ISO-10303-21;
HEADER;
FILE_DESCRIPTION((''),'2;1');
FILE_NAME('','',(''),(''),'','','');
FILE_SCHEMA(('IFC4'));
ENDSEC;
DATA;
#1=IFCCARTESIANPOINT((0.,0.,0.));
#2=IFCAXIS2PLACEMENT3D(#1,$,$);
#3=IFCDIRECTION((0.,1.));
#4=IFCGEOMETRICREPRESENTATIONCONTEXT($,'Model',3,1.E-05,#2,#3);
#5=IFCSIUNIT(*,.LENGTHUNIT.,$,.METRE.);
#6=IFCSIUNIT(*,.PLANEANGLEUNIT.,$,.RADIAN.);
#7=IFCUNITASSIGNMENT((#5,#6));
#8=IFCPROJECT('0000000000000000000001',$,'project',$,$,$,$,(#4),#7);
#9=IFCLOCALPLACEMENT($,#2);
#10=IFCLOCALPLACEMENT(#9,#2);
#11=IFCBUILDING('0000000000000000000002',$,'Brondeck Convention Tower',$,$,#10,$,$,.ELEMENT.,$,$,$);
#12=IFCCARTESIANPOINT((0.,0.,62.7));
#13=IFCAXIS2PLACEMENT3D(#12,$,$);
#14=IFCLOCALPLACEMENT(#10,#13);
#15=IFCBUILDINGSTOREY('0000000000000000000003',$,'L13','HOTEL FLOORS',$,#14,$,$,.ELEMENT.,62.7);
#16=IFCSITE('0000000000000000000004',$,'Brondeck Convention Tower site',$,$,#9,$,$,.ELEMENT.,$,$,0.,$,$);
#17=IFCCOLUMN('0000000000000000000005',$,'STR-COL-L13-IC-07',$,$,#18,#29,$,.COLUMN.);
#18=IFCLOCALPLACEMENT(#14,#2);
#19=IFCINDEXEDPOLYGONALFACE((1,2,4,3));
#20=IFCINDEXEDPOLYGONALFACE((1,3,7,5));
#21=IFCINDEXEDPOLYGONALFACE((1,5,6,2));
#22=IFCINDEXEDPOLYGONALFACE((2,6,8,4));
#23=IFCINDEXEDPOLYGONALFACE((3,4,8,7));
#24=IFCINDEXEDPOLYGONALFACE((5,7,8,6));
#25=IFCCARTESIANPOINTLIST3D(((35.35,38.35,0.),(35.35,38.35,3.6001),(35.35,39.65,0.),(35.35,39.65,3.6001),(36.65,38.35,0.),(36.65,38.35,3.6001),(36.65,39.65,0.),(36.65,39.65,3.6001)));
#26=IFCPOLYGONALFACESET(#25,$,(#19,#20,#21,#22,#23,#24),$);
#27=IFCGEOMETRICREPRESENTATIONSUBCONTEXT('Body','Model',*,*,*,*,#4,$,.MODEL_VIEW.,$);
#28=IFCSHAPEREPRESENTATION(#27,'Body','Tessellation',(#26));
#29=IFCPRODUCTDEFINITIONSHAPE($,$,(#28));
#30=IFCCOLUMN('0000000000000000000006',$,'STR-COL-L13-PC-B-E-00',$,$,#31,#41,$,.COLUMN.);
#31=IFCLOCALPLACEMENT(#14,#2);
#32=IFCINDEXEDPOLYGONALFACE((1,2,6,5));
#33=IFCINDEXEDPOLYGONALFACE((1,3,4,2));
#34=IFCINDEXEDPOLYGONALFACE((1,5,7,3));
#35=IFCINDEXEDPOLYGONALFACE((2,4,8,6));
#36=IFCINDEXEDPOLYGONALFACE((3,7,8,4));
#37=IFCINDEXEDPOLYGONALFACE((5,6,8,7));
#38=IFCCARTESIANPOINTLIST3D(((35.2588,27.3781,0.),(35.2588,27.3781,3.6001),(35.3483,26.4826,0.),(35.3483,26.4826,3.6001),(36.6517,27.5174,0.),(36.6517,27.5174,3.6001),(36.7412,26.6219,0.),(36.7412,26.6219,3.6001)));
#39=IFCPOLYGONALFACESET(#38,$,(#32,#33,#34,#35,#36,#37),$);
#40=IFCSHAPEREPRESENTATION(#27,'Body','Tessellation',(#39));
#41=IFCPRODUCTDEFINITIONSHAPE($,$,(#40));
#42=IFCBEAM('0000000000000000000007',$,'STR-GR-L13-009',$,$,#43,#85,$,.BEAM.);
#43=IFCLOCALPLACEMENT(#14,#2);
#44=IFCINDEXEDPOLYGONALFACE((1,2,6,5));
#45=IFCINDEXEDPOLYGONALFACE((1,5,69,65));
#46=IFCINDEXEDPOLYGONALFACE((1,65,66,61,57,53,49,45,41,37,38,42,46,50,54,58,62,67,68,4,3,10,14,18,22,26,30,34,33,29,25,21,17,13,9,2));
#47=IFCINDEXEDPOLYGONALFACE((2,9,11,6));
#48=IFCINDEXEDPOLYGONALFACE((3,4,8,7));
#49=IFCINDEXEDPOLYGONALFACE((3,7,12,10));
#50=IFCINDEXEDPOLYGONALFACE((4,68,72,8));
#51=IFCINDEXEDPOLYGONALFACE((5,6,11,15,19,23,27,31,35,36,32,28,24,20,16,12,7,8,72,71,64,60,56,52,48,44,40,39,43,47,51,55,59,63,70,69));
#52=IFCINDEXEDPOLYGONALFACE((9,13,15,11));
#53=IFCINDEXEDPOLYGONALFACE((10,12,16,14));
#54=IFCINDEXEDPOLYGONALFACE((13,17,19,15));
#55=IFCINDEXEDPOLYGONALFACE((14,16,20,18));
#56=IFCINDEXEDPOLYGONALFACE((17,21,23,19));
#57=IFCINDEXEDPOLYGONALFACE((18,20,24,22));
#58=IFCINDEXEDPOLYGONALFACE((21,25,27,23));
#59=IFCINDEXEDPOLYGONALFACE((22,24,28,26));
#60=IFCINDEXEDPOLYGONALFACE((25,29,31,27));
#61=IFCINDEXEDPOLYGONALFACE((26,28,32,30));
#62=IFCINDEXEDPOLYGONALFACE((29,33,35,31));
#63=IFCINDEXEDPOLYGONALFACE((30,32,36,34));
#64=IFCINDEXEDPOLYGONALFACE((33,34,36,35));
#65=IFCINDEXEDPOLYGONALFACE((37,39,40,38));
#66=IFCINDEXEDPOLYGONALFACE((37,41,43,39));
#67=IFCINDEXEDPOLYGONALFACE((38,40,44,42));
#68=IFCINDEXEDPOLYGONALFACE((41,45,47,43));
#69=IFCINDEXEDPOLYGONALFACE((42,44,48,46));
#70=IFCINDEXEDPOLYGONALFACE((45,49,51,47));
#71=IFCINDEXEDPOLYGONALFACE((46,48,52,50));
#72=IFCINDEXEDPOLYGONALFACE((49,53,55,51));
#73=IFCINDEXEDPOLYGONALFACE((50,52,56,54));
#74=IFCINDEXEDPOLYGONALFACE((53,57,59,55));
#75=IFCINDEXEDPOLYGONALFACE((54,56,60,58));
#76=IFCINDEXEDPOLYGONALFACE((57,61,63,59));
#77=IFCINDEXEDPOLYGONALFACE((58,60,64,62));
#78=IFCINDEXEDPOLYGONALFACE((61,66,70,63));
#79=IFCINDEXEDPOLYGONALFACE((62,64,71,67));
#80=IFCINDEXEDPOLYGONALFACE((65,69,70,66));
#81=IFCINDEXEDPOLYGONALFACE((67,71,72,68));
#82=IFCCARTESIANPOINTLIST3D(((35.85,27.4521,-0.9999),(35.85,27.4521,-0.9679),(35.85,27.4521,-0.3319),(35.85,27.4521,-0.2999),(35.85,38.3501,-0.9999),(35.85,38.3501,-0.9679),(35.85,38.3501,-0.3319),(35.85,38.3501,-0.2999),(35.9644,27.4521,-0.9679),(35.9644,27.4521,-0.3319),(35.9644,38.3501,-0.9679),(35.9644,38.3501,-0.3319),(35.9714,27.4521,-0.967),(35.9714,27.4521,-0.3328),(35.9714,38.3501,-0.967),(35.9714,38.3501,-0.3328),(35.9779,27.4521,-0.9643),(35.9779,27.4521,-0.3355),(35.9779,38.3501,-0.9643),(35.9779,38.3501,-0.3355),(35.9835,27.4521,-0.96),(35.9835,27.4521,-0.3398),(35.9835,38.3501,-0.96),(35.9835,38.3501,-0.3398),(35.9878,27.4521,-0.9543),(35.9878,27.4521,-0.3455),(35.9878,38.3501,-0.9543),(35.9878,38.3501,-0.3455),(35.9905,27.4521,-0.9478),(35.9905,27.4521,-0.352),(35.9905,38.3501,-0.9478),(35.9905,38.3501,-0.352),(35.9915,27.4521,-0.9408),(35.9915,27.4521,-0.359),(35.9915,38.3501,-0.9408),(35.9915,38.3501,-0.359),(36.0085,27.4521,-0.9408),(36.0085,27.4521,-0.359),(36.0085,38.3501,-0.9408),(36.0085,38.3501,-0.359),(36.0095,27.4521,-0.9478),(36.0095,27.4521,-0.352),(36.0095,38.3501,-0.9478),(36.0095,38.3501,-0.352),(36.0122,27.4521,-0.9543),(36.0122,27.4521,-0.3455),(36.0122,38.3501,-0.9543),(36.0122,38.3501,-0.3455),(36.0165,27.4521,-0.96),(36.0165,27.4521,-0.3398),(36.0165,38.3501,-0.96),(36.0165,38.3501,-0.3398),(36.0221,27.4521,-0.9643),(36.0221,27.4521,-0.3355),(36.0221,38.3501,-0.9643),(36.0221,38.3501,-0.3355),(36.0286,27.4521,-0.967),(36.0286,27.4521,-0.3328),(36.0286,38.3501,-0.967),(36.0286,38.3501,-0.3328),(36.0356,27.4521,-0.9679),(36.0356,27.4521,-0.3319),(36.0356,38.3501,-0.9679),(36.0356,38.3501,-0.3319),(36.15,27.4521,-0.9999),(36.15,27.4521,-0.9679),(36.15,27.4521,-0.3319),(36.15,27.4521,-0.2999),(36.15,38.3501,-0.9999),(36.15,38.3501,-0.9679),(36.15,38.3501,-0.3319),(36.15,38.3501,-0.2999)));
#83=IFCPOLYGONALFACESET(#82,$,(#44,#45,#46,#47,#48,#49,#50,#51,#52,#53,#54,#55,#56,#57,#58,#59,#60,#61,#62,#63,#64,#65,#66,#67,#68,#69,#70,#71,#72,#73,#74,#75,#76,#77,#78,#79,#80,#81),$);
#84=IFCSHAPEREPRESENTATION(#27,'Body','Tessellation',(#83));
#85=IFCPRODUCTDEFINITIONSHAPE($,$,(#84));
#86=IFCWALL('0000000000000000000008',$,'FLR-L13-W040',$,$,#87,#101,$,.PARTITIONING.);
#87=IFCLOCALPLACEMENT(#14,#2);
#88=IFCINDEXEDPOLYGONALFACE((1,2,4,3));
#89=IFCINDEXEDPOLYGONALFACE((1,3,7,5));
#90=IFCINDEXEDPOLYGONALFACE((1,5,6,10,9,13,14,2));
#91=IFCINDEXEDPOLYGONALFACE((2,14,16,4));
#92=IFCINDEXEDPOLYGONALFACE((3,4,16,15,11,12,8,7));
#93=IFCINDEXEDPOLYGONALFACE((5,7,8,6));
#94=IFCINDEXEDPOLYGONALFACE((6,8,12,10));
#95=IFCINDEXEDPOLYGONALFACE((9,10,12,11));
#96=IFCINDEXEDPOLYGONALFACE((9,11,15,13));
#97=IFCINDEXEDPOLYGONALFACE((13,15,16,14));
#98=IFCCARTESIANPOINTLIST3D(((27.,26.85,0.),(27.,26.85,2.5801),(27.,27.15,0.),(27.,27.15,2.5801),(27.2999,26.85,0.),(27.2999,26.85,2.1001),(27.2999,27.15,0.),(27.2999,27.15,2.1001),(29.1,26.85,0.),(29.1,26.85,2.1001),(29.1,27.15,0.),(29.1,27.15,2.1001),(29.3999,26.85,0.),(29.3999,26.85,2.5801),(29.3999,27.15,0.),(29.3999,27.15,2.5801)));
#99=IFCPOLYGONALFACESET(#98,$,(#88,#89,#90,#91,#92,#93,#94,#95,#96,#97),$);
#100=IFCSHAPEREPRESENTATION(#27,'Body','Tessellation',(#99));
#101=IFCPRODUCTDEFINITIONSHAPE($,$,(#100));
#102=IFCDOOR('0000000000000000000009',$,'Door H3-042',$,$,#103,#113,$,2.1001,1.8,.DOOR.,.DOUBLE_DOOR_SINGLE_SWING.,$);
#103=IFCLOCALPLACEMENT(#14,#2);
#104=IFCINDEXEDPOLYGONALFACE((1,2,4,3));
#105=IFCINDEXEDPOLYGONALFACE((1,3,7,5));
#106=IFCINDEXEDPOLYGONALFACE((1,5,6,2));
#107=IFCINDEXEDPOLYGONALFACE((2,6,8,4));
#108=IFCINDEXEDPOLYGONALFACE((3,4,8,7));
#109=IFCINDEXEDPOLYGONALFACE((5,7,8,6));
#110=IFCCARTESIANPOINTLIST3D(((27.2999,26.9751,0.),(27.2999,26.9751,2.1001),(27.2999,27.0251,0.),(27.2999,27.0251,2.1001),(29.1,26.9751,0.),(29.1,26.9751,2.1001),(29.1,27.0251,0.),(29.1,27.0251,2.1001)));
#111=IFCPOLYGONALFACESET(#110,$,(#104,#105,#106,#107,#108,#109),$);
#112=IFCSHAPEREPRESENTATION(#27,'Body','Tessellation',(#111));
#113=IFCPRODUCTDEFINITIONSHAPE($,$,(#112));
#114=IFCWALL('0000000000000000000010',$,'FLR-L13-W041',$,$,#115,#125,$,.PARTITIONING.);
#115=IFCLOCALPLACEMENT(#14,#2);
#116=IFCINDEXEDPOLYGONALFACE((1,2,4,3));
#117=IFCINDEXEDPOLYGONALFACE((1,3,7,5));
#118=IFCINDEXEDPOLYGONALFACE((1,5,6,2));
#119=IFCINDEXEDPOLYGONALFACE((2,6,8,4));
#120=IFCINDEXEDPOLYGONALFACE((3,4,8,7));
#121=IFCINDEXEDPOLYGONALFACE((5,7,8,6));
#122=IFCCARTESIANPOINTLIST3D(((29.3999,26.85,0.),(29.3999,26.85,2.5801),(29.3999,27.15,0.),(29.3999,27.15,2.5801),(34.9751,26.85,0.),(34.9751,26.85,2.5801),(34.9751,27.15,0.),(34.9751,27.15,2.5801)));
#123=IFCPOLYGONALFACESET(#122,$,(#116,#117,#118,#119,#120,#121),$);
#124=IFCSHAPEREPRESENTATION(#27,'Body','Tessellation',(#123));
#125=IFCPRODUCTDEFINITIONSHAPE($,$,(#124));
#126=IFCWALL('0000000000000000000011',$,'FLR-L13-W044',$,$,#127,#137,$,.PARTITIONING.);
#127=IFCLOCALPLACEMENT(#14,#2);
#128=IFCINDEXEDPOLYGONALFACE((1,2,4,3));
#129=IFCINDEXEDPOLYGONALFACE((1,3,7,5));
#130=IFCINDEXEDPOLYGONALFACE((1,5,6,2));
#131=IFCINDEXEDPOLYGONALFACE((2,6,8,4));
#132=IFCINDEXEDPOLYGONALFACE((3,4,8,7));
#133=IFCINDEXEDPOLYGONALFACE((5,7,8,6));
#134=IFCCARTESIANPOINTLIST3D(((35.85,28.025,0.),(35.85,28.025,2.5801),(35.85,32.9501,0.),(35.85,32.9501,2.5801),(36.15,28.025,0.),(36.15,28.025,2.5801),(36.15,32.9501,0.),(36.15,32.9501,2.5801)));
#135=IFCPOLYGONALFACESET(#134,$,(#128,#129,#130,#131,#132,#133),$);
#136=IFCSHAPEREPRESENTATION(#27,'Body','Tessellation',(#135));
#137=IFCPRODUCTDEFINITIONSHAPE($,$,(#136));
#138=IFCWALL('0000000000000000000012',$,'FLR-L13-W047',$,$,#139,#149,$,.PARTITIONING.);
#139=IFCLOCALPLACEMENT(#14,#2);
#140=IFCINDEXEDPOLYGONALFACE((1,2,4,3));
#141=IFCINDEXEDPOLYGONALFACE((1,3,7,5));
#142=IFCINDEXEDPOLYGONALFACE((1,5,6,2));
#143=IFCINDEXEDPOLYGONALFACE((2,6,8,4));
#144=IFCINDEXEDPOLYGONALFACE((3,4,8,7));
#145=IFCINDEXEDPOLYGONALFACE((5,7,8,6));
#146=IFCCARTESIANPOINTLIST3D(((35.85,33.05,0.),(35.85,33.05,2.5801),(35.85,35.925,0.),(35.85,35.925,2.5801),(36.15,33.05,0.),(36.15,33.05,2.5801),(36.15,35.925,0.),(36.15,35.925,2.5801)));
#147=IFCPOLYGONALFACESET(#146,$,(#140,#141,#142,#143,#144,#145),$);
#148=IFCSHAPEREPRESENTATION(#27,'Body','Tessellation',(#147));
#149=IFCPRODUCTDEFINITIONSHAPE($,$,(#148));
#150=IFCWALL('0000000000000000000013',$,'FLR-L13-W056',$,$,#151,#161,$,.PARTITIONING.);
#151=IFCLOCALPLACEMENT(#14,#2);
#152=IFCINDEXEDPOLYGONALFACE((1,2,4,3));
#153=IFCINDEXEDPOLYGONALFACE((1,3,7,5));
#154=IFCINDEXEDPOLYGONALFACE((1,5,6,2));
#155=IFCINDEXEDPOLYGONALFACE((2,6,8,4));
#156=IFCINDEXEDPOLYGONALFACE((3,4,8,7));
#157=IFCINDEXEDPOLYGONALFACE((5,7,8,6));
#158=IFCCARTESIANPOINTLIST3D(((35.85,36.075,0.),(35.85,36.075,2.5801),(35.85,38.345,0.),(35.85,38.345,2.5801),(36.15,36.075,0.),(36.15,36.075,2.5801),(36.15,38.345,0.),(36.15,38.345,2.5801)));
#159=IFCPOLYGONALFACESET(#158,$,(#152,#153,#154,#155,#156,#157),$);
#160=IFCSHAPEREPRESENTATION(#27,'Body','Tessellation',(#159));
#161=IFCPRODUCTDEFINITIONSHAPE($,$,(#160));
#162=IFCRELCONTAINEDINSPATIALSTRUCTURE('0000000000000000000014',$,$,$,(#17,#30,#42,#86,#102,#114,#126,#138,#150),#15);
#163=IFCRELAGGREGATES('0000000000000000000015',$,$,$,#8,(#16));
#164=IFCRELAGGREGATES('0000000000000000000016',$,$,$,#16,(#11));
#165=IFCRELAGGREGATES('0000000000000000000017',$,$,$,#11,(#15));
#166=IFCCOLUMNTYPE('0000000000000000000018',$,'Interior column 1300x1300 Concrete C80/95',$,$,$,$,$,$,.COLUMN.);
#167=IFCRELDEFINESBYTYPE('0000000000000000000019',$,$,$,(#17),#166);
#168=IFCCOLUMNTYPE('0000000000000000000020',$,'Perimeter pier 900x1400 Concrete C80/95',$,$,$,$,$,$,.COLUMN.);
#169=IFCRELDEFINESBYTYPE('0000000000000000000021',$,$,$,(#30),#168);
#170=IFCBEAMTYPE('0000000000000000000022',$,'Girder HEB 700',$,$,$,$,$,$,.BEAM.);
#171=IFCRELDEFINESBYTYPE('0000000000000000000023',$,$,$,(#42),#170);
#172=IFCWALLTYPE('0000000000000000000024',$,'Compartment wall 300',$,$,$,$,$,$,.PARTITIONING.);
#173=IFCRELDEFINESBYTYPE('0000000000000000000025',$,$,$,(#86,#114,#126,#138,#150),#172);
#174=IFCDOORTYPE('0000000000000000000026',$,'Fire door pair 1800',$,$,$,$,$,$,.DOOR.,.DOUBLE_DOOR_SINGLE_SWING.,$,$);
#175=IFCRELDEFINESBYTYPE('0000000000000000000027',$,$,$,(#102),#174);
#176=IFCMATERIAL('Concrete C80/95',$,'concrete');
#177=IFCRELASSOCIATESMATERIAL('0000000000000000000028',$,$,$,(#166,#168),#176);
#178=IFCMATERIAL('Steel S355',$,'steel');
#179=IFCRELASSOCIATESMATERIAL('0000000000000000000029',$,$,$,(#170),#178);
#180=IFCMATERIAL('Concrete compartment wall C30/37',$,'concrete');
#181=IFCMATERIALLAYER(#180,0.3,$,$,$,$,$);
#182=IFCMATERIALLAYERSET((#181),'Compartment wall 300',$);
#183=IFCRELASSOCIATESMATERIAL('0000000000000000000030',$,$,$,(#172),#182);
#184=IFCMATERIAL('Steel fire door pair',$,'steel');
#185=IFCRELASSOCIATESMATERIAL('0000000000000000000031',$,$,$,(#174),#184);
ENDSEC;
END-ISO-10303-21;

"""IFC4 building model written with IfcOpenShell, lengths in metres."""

from ifc_helpers import new_model, si_unit, direction, frame, frame_2d, origin, origin_2d, place, context, subcontext, project, spatial, rectangle, i_section, extrude, material, layer, layer_set, material_profile, profile_set, type_object, element, fill, save


model = new_model("IFC4")

# Units and contexts
model_context = context("Model", 3, precision=1e-05, world=origin(), true_north=direction((0.0, 1.0)))
body_context = subcontext(model_context, "Body", "Model", "MODEL_VIEW")
ifc_project = project(units=[si_unit("LENGTHUNIT", "METRE"), si_unit("PLANEANGLEUNIT", "RADIAN")], contexts=[model_context])

# Site, building, storey
site_placement = place(None, origin())
site = spatial("IfcSite", under=ifc_project, at=site_placement, Name="Brondeck Convention Tower site", CompositionType="ELEMENT", RefElevation=0.0)
building_placement = place(site_placement, origin())
building = spatial("IfcBuilding", under=site, at=building_placement, Name="Brondeck Convention Tower", CompositionType="ELEMENT")
storey_placement = place(building_placement, frame((0.0, 0.0, 62.7)))
storey = spatial("IfcBuildingStorey", under=building, at=storey_placement, Name="L13", Description="HOTEL FLOORS", CompositionType="ELEMENT", Elevation=62.7)

# Columns
ifc_material_1 = material(Name="Concrete C80/95", Category="concrete")
ifc_material_profile_1 = material_profile(ifc_material_1, rectangle(XDim=1.3, YDim=1.3, at=origin_2d()), Name="Interior column 1300x1300 Concrete C80/95")
ifc_profile_set_1 = profile_set([ifc_material_profile_1], Name="Concrete C80/95")
column_type_1 = type_object("IfcColumnType", Name="Interior column 1300x1300 Concrete C80/95", PredefinedType="COLUMN", material=ifc_profile_set_1)
column_1_placement = place(storey_placement, frame((36.0, 39.0, 0.0), z_axis=(0.0, 0.0, 1.0), x_axis=(1.0, 0.0, 0.0)))
element("IfcColumn", 1, at=column_1_placement, inside=storey, type_object=column_type_1, Name="STR-COL-L13-IC-07", PredefinedType="COLUMN", context=body_context, shape_type="SweptSolid", body=[
    extrude(rectangle(XDim=1.3, YDim=1.3, at=origin_2d()), origin(), (0.0, 0.0, 1.0), 3.6001),
])
ifc_material_profile_2 = material_profile(ifc_material_1, rectangle(XDim=0.8999, YDim=1.3999, at=origin_2d()), Name="Perimeter pier 900x1400 Concrete C80/95")
ifc_profile_set_2 = profile_set([ifc_material_profile_2], Name="Concrete C80/95")
column_type_2 = type_object("IfcColumnType", Name="Perimeter pier 900x1400 Concrete C80/95", PredefinedType="COLUMN", material=ifc_profile_set_2)
column_2_placement = place(storey_placement, frame((36.0, 27.0, 0.0), z_axis=(0.0, 0.0, 1.0), x_axis=(-0.099504, 0.995037, 0.0)))
element("IfcColumn", 2, at=column_2_placement, inside=storey, type_object=column_type_2, Name="STR-COL-L13-PC-B-E-00", PredefinedType="COLUMN", context=body_context, shape_type="SweptSolid", body=[
    extrude(rectangle(XDim=0.8999, YDim=1.3999, at=origin_2d()), origin(), (0.0, 0.0, 1.0), 3.6001),
])

# Beam
ifc_material_2 = material(Name="Steel S355", Category="steel")
ifc_material_profile_3 = material_profile(ifc_material_2, i_section(OverallWidth=0.3, OverallDepth=0.7, WebThickness=0.0171, FlangeThickness=0.032, FilletRadius=0.0271, at=origin_2d()), Name="HEB 700")
ifc_profile_set_3 = profile_set([ifc_material_profile_3], Name="Steel S355")
beam_type = type_object("IfcBeamType", Name="Girder HEB 700", PredefinedType="BEAM", material=ifc_profile_set_3)
beam_placement = place(storey_placement, frame((36.0, 27.4521, -0.6499), z_axis=(0.0, 1.0, 0.0), x_axis=(-1.0, 0.0, 0.0)))
element("IfcBeam", 3, at=beam_placement, inside=storey, type_object=beam_type, Name="STR-GR-L13-009", PredefinedType="BEAM", context=body_context, shape_type="SweptSolid", body=[
    extrude(i_section(OverallWidth=0.3, OverallDepth=0.7, WebThickness=0.0171, FlangeThickness=0.032, FilletRadius=0.0271, at=origin_2d()), origin(), (0.0, 0.0, 1.0), 10.8979),
])

# Wall, opening, door
ifc_material_3 = material(Name="Concrete compartment wall C30/37", Category="concrete")
ifc_layer_1 = layer(ifc_material_3, 0.3)
ifc_layer_set_1 = layer_set([ifc_layer_1], Name="Compartment wall 300")
wall_type_1 = type_object("IfcWallType", Name="Compartment wall 300", PredefinedType="PARTITIONING", material=ifc_layer_set_1)
wall_1_placement = place(storey_placement, frame((29.3999, 27.0, 0.0), z_axis=(0.0, 0.0, 1.0), x_axis=(-1.0, 0.0, 0.0)))
wall_1 = element("IfcWall", 4, at=wall_1_placement, inside=storey, type_object=wall_type_1, Name="FLR-L13-W040", PredefinedType="PARTITIONING", context=body_context, shape_type="SweptSolid", body=[
    extrude(rectangle(XDim=2.3999, YDim=0.3, at=frame_2d((1.2, 0.0))), origin(), (0.0, 0.0, 1.0), 2.5801),
])
opening_1_placement = place(wall_1_placement, frame((0.3, 0.0, 0.0)))
opening_1 = element("IfcOpeningElement", 5, at=opening_1_placement, cuts=wall_1, PredefinedType="OPENING", context=body_context, shape_type="SweptSolid", body=[
    extrude(rectangle(XDim=1.8, YDim=2.1001, at=frame_2d((0.8999, 1.05))), frame((0.0, 0.1599, 0.0), z_axis=(0.0, -1.0, 0.0), x_axis=(1.0, 0.0, 0.0)), (0.0, 0.0, 1.0), 0.3201),
])
ifc_material_4 = material(Name="Steel fire door pair", Category="steel")
door_type_1 = type_object("IfcDoorType", Name="Fire door pair 1800", OperationType="DOUBLE_DOOR_SINGLE_SWING", PredefinedType="DOOR", material=ifc_material_4)
door_1_placement = place(opening_1_placement, origin())
door_1 = element("IfcDoor", 6, at=door_1_placement, inside=storey, type_object=door_type_1, Name="Door H3-042", OperationType="DOUBLE_DOOR_SINGLE_SWING", OverallHeight=2.1001, OverallWidth=1.8, PredefinedType="DOOR", context=body_context, shape_type="SweptSolid", body=[
    extrude(rectangle(XDim=1.8, YDim=2.1001, at=frame_2d((0.8999, 1.05))), frame((0.0, 0.0249, 0.0), z_axis=(0.0, -1.0, 0.0), x_axis=(1.0, 0.0, 0.0)), (0.0, 0.0, 1.0), 0.05),
])
fill(opening_1, door_1)

# Walls
wall_2_placement = place(storey_placement, frame((34.9751, 27.0, 0.0), z_axis=(0.0, 0.0, 1.0), x_axis=(-1.0, 0.0, 0.0)))
element("IfcWall", 7, at=wall_2_placement, inside=storey, type_object=wall_type_1, Name="FLR-L13-W041", PredefinedType="PARTITIONING", context=body_context, shape_type="SweptSolid", body=[
    extrude(rectangle(XDim=5.5752, YDim=0.3, at=frame_2d((2.7876, 0.0))), origin(), (0.0, 0.0, 1.0), 2.5801),
])
wall_3_placement = place(storey_placement, frame((36.0, 32.95, 0.0), z_axis=(0.0, 0.0, 1.0), x_axis=(0.0, -1.0, 0.0)))
element("IfcWall", 8, at=wall_3_placement, inside=storey, type_object=wall_type_1, Name="FLR-L13-W044", PredefinedType="PARTITIONING", context=body_context, shape_type="SweptSolid", body=[
    extrude(rectangle(XDim=4.925, YDim=0.3, at=frame_2d((2.4624, 0.0))), origin(), (0.0, 0.0, 1.0), 2.5801),
])
wall_4_placement = place(storey_placement, frame((36.0, 35.925, 0.0), z_axis=(0.0, 0.0, 1.0), x_axis=(0.0, -1.0, 0.0)))
element("IfcWall", 9, at=wall_4_placement, inside=storey, type_object=wall_type_1, Name="FLR-L13-W047", PredefinedType="PARTITIONING", context=body_context, shape_type="SweptSolid", body=[
    extrude(rectangle(XDim=2.875, YDim=0.3, at=frame_2d((1.4375, 0.0))), origin(), (0.0, 0.0, 1.0), 2.5801),
])
wall_5_placement = place(storey_placement, frame((36.0, 38.345, 0.0), z_axis=(0.0, 0.0, 1.0), x_axis=(0.0, -1.0, 0.0)))
element("IfcWall", 10, at=wall_5_placement, inside=storey, type_object=wall_type_1, Name="FLR-L13-W056", PredefinedType="PARTITIONING", context=body_context, shape_type="SweptSolid", body=[
    extrude(rectangle(XDim=2.27, YDim=0.3, at=frame_2d((1.135, 0.0))), origin(), (0.0, 0.0, 1.0), 2.5801),
])

save(model, "model.ifc")
